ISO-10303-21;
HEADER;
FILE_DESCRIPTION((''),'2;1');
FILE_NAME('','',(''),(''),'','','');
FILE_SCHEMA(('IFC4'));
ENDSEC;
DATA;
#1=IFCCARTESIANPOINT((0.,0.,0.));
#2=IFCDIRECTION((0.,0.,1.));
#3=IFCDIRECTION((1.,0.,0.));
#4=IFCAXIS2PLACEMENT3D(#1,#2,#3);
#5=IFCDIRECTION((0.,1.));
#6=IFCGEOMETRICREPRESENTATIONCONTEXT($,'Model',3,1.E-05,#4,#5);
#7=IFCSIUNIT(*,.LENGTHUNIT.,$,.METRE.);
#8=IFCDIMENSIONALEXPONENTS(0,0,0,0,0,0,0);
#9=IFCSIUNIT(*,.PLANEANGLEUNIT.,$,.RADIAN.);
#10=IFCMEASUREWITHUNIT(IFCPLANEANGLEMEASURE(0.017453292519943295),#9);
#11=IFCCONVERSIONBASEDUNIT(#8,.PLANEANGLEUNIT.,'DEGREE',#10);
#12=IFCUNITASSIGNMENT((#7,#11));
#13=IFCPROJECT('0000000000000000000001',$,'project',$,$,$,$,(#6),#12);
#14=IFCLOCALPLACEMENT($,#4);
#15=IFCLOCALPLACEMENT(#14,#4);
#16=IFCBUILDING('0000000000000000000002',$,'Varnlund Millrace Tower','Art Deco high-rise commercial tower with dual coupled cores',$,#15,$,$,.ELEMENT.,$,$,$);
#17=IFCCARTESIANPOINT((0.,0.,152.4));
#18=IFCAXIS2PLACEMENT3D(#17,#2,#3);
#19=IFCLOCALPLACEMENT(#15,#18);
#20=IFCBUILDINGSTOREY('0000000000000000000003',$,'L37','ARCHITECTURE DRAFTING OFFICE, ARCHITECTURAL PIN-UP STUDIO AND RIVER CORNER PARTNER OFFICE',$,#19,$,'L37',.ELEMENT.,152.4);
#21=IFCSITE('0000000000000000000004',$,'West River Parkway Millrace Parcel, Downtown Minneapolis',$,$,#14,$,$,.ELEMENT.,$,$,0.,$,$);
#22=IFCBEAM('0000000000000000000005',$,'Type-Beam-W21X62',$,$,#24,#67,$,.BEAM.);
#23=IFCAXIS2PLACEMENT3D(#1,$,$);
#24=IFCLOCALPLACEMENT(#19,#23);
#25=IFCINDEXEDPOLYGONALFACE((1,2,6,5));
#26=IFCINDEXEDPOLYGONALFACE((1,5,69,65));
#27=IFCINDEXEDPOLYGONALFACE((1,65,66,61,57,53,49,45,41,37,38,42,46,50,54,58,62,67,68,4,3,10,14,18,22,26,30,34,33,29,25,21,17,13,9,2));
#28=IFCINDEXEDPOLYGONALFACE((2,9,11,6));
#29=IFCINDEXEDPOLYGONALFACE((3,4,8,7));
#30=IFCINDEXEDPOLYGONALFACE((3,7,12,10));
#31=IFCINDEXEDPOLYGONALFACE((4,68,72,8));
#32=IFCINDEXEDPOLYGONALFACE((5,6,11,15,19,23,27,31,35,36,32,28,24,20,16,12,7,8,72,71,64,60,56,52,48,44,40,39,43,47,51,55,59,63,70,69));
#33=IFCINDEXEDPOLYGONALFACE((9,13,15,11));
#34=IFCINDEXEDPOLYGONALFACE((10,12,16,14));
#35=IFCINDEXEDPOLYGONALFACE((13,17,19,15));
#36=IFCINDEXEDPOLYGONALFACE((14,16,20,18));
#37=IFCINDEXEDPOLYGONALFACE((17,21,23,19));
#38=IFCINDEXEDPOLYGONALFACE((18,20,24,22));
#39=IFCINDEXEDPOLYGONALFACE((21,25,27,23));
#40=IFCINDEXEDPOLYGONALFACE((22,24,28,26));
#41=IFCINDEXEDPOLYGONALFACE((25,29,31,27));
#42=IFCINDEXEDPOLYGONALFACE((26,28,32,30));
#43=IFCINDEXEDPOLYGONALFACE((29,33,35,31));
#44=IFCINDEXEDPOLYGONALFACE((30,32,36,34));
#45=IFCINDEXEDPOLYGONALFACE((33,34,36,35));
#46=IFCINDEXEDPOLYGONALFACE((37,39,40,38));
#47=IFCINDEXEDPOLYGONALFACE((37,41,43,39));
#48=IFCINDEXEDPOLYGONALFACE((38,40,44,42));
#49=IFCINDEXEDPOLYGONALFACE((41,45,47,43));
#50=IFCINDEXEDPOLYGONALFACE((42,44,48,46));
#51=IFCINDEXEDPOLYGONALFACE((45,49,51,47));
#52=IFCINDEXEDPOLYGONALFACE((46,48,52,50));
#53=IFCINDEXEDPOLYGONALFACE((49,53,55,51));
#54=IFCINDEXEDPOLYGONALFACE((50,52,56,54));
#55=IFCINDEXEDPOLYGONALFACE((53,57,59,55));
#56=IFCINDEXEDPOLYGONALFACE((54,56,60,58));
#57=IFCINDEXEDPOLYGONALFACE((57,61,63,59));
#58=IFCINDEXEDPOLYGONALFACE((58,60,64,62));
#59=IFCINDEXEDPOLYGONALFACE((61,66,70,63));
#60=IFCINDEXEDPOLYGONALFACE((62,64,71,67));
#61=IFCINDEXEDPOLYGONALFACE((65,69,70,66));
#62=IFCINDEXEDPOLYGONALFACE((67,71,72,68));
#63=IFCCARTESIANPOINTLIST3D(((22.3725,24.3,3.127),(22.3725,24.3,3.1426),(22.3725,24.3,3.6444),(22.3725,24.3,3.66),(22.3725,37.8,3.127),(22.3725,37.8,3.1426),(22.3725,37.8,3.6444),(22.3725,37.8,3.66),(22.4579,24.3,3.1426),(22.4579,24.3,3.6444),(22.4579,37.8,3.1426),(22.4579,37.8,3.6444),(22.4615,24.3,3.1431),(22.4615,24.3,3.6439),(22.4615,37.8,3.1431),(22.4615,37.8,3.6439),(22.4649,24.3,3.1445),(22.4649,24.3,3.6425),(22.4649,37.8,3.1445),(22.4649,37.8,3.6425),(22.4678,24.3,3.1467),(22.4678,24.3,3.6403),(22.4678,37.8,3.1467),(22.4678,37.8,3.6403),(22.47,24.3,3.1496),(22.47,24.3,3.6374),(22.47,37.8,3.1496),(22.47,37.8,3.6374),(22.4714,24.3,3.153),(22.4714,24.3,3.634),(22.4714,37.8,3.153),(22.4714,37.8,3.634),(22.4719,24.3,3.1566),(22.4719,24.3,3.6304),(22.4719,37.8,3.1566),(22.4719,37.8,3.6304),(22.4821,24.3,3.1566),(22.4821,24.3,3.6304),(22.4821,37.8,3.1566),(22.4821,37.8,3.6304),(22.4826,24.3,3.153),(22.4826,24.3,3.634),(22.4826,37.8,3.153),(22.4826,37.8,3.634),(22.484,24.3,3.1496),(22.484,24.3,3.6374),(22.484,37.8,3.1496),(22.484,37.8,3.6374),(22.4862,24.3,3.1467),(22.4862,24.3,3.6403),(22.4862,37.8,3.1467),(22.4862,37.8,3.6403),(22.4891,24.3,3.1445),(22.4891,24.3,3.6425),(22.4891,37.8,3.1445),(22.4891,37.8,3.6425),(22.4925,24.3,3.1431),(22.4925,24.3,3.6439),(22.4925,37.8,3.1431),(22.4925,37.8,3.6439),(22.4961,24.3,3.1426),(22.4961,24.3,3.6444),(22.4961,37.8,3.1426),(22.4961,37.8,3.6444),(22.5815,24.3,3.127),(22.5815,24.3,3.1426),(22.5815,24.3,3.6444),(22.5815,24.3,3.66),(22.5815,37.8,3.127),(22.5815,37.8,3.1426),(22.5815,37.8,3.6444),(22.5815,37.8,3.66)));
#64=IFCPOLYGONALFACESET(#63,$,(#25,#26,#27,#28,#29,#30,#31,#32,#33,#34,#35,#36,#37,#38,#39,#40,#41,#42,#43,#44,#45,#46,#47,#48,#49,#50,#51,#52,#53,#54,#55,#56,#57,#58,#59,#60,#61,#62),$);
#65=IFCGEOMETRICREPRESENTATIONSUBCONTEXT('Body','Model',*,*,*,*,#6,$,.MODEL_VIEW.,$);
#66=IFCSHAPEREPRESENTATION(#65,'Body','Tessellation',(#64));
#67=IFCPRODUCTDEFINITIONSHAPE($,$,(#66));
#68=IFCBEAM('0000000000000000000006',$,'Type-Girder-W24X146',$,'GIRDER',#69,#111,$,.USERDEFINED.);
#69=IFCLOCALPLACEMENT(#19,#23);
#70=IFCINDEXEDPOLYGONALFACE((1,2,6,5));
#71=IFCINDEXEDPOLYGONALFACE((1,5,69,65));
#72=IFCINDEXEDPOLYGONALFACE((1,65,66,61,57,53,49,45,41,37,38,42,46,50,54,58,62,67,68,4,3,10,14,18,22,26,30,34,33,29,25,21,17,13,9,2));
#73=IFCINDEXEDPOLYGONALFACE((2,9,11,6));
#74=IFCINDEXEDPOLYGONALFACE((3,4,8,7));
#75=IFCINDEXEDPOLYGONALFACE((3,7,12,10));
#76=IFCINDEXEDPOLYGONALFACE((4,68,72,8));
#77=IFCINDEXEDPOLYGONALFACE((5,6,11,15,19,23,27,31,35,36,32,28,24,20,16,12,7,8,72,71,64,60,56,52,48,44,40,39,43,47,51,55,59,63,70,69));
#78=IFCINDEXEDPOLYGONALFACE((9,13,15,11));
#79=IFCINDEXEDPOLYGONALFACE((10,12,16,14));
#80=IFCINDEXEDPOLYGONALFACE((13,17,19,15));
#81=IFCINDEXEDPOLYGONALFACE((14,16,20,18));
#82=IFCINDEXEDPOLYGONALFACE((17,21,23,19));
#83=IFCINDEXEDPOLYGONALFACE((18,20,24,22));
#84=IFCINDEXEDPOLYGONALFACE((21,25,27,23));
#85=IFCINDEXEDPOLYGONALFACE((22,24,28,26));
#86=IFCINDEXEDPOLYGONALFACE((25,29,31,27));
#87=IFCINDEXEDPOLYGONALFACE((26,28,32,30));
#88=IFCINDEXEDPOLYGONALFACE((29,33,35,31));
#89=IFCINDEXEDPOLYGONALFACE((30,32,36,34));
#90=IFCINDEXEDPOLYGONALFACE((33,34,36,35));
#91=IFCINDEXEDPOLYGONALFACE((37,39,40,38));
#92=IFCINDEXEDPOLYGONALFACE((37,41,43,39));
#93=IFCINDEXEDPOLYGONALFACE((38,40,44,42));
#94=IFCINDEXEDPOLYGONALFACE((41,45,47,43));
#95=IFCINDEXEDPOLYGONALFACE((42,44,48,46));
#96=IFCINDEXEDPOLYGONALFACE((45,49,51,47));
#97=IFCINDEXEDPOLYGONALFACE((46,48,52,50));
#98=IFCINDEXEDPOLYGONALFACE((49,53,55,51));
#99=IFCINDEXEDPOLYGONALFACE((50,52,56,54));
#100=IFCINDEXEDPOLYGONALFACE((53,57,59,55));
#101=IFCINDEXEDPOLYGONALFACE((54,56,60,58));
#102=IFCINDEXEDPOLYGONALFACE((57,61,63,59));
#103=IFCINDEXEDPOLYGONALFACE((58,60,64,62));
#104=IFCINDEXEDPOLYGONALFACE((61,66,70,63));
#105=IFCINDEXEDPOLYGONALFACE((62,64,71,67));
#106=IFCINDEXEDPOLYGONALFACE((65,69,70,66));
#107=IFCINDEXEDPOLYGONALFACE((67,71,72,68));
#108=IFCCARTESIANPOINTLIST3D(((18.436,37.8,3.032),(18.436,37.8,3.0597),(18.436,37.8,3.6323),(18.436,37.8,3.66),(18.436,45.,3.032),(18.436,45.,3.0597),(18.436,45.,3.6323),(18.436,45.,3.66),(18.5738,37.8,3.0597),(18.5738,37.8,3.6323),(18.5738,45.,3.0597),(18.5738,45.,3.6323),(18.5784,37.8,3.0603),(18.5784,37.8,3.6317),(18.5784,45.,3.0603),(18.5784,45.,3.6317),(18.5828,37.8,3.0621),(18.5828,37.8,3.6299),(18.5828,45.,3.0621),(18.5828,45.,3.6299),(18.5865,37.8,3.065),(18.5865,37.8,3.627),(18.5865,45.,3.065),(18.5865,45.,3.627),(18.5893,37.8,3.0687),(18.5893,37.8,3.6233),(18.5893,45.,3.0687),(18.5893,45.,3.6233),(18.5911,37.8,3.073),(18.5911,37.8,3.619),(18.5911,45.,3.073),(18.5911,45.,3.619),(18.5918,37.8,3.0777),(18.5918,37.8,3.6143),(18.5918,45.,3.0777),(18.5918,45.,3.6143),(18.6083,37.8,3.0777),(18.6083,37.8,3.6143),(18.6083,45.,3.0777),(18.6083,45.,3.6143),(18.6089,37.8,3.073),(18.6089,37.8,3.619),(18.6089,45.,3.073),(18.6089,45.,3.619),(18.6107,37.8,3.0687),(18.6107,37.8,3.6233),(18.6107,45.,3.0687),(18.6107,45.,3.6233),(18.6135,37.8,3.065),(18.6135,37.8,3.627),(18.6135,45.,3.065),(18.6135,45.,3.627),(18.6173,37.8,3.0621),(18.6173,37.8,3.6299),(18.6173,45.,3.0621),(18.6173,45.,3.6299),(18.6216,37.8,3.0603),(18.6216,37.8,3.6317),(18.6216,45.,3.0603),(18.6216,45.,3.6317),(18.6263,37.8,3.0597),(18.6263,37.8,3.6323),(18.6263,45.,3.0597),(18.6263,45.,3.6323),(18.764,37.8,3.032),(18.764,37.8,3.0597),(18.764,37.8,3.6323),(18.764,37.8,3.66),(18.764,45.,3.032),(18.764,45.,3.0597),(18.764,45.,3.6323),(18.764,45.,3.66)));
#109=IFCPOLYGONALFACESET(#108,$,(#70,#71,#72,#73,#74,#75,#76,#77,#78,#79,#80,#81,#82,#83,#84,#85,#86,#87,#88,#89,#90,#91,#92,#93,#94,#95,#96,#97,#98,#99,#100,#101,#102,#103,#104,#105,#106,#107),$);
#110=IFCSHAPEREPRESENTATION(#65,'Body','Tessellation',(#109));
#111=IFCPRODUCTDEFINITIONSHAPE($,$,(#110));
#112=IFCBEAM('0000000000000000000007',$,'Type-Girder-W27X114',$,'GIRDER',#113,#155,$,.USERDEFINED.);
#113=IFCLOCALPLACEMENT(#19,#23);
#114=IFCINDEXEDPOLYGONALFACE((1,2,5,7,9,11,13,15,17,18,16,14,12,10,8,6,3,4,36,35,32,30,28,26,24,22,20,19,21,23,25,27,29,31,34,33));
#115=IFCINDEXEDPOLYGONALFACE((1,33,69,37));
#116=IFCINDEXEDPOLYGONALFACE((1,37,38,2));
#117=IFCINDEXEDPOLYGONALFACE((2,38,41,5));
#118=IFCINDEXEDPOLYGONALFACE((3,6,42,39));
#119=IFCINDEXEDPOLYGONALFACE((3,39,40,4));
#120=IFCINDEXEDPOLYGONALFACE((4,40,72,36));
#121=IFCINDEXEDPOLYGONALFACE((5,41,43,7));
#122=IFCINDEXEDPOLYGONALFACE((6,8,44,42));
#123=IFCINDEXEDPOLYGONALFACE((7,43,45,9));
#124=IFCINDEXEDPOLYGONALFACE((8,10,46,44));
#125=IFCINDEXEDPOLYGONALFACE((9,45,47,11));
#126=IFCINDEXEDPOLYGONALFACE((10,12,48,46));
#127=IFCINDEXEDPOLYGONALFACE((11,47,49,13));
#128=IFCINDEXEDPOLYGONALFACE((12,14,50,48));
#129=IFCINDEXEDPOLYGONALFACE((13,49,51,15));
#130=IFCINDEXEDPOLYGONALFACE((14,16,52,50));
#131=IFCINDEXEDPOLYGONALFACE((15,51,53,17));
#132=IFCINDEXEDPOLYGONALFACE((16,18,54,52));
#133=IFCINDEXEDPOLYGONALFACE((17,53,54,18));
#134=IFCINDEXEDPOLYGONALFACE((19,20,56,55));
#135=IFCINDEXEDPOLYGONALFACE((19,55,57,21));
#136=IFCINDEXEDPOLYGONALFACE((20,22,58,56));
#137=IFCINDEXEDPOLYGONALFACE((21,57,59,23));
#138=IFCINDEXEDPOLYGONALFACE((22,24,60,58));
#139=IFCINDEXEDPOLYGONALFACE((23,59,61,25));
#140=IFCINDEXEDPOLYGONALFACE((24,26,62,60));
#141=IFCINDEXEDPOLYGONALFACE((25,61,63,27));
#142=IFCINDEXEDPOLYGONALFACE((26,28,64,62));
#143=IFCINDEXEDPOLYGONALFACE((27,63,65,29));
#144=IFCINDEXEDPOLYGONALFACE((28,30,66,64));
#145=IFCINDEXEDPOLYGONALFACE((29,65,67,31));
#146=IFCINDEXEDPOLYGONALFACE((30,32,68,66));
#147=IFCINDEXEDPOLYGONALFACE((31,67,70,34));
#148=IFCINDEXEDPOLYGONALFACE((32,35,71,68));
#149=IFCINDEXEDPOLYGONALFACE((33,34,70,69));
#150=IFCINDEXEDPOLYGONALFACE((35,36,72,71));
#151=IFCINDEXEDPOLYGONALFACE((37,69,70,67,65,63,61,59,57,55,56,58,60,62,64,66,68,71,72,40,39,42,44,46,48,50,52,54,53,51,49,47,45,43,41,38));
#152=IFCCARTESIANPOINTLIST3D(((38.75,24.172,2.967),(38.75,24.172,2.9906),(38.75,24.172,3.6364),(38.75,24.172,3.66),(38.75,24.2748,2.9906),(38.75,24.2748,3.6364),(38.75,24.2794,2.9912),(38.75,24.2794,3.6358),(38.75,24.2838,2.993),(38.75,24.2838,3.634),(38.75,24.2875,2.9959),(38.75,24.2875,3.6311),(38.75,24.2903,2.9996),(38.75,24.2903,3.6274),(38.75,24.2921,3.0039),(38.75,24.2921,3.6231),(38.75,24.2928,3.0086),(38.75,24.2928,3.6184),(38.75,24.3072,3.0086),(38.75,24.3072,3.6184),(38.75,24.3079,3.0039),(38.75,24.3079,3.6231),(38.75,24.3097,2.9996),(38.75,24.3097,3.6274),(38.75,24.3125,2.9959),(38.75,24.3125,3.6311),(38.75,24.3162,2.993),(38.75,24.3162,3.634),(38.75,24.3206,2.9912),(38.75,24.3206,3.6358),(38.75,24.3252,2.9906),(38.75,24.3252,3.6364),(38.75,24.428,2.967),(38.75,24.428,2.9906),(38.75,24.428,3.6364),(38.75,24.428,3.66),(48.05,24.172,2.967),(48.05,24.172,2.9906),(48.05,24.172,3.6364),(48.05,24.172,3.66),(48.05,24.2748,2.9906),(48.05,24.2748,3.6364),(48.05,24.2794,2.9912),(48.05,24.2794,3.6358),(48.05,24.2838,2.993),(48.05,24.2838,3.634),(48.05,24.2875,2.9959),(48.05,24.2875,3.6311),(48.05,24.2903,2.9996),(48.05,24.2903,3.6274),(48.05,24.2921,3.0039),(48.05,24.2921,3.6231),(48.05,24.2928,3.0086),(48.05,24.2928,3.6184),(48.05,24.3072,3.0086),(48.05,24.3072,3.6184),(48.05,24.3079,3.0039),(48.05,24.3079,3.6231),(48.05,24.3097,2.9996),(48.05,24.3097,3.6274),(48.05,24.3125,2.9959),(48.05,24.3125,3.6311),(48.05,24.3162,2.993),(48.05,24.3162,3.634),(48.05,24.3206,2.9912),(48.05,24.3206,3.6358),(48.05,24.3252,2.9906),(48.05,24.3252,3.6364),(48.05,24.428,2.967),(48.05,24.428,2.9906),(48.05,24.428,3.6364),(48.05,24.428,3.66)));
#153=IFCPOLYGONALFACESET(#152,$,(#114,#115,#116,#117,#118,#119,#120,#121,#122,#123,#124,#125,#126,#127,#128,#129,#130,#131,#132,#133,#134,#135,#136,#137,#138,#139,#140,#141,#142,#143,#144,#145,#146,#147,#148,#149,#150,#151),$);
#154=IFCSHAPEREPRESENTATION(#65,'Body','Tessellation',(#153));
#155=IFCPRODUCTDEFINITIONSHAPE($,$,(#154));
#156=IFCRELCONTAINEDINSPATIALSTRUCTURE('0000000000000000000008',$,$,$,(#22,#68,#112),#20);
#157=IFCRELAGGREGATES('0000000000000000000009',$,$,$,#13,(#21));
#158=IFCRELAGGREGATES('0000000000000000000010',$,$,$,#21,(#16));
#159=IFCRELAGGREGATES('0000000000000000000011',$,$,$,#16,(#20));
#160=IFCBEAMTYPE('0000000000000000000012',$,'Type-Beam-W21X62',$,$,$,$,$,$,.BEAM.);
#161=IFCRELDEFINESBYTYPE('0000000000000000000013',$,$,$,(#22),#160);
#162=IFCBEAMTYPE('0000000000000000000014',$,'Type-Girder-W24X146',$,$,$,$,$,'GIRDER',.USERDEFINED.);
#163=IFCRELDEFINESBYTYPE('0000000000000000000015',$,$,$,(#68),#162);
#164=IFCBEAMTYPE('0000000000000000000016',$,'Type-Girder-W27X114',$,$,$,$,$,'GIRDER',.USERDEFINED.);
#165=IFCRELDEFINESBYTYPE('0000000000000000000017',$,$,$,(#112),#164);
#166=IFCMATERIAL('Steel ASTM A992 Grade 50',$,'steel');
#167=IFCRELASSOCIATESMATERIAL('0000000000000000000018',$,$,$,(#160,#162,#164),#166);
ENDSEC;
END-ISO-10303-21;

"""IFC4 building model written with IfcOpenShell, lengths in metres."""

from ifc_helpers import new_model, entity, si_unit, converted_unit, direction, frame, origin_with_axes, origin_2d_with_axis, place, context, subcontext, project, spatial, i_section, extrude, material, material_profile, profile_set, type_object, element, save


model = new_model("IFC4")

# Units and contexts
model_context = context("Model", 3, precision=1e-05, world=origin_with_axes(), true_north=direction((0.0, 1.0)))
body_context = subcontext(model_context, "Body", "Model", "MODEL_VIEW")
ifc_project = project(units=[si_unit("LENGTHUNIT", "METRE"), converted_unit("PLANEANGLEUNIT", "DEGREE", entity("IfcPlaneAngleMeasure", 0.017453292519943295), si_unit("PLANEANGLEUNIT", "RADIAN"), dimensions=[0, 0, 0, 0, 0, 0, 0])], contexts=[model_context])

# Site, building, storey
site_placement = place(None, origin_with_axes())
site = spatial("IfcSite", under=ifc_project, at=site_placement, Name="West River Parkway Millrace Parcel, Downtown Minneapolis", CompositionType="ELEMENT", RefElevation=0.0)
building_placement = place(site_placement, origin_with_axes())
building = spatial("IfcBuilding", under=site, at=building_placement, Name="Varnlund Millrace Tower", Description="Art Deco high-rise commercial tower with dual coupled cores", CompositionType="ELEMENT")
storey_placement = place(building_placement, frame((0.0, 0.0, 152.4), z_axis=(0.0, 0.0, 1.0), x_axis=(1.0, 0.0, 0.0)))
storey = spatial("IfcBuildingStorey", under=building, at=storey_placement, Name="L37", Description="ARCHITECTURE DRAFTING OFFICE, ARCHITECTURAL PIN-UP STUDIO AND RIVER CORNER PARTNER OFFICE", LongName="L37", CompositionType="ELEMENT", Elevation=152.4)

# Beams
ifc_material_1 = material(Name="Steel ASTM A992 Grade 50", Category="steel")
ifc_material_profile_1 = material_profile(ifc_material_1, i_section(OverallWidth=0.209, OverallDepth=0.533, WebThickness=0.0102, FlangeThickness=0.0156, FilletRadius=0.014, at=origin_2d_with_axis()), Name="Steel ASTM A992 Grade 50")
ifc_profile_set_1 = profile_set([ifc_material_profile_1], Name="Steel ASTM A992 Grade 50")
beam_type_1 = type_object("IfcBeamType", Name="Type-Beam-W21X62", PredefinedType="BEAM", material=ifc_profile_set_1)
beam_1_placement = place(storey_placement, frame((22.477, 24.3, 3.3935), z_axis=(0.0, 1.0, 0.0), x_axis=(-1.0, 0.0, 0.0)))
element("IfcBeam", 1, at=beam_1_placement, inside=storey, type_object=beam_type_1, Name="Type-Beam-W21X62", PredefinedType="BEAM", context=body_context, shape_type="SweptSolid", body=[
    extrude(i_section(OverallWidth=0.209, OverallDepth=0.533, WebThickness=0.0102, FlangeThickness=0.0156, FilletRadius=0.014, at=origin_2d_with_axis()), origin_with_axes(), (0.0, 0.0, 1.0), 13.5),
])
ifc_material_profile_2 = material_profile(ifc_material_1, i_section(OverallWidth=0.328, OverallDepth=0.628, WebThickness=0.0165, FlangeThickness=0.0277, FilletRadius=0.018, at=origin_2d_with_axis()), Name="Steel ASTM A992 Grade 50")
ifc_profile_set_2 = profile_set([ifc_material_profile_2], Name="Steel ASTM A992 Grade 50")
beam_type_2 = type_object("IfcBeamType", Name="Type-Girder-W24X146", ElementType="GIRDER", PredefinedType="USERDEFINED", material=ifc_profile_set_2)
beam_2_placement = place(storey_placement, frame((18.6, 37.8, 3.346), z_axis=(0.0, 1.0, 0.0), x_axis=(-1.0, 0.0, 0.0)))
element("IfcBeam", 2, at=beam_2_placement, inside=storey, type_object=beam_type_2, Name="Type-Girder-W24X146", ObjectType="GIRDER", PredefinedType="USERDEFINED", context=body_context, shape_type="SweptSolid", body=[
    extrude(i_section(OverallWidth=0.328, OverallDepth=0.628, WebThickness=0.0165, FlangeThickness=0.0277, FilletRadius=0.018, at=origin_2d_with_axis()), origin_with_axes(), (0.0, 0.0, 1.0), 7.2),
])
ifc_material_profile_3 = material_profile(ifc_material_1, i_section(OverallWidth=0.256, OverallDepth=0.693, WebThickness=0.0145, FlangeThickness=0.0236, FilletRadius=0.018, at=origin_2d_with_axis()), Name="Steel ASTM A992 Grade 50")
ifc_profile_set_3 = profile_set([ifc_material_profile_3], Name="Steel ASTM A992 Grade 50")
beam_type_3 = type_object("IfcBeamType", Name="Type-Girder-W27X114", ElementType="GIRDER", PredefinedType="USERDEFINED", material=ifc_profile_set_3)
beam_3_placement = place(storey_placement, frame((38.75, 24.3, 3.3135), z_axis=(1.0, 0.0, 0.0), x_axis=(0.0, 1.0, 0.0)))
element("IfcBeam", 3, at=beam_3_placement, inside=storey, type_object=beam_type_3, Name="Type-Girder-W27X114", ObjectType="GIRDER", PredefinedType="USERDEFINED", context=body_context, shape_type="SweptSolid", body=[
    extrude(i_section(OverallWidth=0.256, OverallDepth=0.693, WebThickness=0.0145, FlangeThickness=0.0236, FilletRadius=0.018, at=origin_2d_with_axis()), origin_with_axes(), (0.0, 0.0, 1.0), 9.3),
])

save(model, "model.ifc")
